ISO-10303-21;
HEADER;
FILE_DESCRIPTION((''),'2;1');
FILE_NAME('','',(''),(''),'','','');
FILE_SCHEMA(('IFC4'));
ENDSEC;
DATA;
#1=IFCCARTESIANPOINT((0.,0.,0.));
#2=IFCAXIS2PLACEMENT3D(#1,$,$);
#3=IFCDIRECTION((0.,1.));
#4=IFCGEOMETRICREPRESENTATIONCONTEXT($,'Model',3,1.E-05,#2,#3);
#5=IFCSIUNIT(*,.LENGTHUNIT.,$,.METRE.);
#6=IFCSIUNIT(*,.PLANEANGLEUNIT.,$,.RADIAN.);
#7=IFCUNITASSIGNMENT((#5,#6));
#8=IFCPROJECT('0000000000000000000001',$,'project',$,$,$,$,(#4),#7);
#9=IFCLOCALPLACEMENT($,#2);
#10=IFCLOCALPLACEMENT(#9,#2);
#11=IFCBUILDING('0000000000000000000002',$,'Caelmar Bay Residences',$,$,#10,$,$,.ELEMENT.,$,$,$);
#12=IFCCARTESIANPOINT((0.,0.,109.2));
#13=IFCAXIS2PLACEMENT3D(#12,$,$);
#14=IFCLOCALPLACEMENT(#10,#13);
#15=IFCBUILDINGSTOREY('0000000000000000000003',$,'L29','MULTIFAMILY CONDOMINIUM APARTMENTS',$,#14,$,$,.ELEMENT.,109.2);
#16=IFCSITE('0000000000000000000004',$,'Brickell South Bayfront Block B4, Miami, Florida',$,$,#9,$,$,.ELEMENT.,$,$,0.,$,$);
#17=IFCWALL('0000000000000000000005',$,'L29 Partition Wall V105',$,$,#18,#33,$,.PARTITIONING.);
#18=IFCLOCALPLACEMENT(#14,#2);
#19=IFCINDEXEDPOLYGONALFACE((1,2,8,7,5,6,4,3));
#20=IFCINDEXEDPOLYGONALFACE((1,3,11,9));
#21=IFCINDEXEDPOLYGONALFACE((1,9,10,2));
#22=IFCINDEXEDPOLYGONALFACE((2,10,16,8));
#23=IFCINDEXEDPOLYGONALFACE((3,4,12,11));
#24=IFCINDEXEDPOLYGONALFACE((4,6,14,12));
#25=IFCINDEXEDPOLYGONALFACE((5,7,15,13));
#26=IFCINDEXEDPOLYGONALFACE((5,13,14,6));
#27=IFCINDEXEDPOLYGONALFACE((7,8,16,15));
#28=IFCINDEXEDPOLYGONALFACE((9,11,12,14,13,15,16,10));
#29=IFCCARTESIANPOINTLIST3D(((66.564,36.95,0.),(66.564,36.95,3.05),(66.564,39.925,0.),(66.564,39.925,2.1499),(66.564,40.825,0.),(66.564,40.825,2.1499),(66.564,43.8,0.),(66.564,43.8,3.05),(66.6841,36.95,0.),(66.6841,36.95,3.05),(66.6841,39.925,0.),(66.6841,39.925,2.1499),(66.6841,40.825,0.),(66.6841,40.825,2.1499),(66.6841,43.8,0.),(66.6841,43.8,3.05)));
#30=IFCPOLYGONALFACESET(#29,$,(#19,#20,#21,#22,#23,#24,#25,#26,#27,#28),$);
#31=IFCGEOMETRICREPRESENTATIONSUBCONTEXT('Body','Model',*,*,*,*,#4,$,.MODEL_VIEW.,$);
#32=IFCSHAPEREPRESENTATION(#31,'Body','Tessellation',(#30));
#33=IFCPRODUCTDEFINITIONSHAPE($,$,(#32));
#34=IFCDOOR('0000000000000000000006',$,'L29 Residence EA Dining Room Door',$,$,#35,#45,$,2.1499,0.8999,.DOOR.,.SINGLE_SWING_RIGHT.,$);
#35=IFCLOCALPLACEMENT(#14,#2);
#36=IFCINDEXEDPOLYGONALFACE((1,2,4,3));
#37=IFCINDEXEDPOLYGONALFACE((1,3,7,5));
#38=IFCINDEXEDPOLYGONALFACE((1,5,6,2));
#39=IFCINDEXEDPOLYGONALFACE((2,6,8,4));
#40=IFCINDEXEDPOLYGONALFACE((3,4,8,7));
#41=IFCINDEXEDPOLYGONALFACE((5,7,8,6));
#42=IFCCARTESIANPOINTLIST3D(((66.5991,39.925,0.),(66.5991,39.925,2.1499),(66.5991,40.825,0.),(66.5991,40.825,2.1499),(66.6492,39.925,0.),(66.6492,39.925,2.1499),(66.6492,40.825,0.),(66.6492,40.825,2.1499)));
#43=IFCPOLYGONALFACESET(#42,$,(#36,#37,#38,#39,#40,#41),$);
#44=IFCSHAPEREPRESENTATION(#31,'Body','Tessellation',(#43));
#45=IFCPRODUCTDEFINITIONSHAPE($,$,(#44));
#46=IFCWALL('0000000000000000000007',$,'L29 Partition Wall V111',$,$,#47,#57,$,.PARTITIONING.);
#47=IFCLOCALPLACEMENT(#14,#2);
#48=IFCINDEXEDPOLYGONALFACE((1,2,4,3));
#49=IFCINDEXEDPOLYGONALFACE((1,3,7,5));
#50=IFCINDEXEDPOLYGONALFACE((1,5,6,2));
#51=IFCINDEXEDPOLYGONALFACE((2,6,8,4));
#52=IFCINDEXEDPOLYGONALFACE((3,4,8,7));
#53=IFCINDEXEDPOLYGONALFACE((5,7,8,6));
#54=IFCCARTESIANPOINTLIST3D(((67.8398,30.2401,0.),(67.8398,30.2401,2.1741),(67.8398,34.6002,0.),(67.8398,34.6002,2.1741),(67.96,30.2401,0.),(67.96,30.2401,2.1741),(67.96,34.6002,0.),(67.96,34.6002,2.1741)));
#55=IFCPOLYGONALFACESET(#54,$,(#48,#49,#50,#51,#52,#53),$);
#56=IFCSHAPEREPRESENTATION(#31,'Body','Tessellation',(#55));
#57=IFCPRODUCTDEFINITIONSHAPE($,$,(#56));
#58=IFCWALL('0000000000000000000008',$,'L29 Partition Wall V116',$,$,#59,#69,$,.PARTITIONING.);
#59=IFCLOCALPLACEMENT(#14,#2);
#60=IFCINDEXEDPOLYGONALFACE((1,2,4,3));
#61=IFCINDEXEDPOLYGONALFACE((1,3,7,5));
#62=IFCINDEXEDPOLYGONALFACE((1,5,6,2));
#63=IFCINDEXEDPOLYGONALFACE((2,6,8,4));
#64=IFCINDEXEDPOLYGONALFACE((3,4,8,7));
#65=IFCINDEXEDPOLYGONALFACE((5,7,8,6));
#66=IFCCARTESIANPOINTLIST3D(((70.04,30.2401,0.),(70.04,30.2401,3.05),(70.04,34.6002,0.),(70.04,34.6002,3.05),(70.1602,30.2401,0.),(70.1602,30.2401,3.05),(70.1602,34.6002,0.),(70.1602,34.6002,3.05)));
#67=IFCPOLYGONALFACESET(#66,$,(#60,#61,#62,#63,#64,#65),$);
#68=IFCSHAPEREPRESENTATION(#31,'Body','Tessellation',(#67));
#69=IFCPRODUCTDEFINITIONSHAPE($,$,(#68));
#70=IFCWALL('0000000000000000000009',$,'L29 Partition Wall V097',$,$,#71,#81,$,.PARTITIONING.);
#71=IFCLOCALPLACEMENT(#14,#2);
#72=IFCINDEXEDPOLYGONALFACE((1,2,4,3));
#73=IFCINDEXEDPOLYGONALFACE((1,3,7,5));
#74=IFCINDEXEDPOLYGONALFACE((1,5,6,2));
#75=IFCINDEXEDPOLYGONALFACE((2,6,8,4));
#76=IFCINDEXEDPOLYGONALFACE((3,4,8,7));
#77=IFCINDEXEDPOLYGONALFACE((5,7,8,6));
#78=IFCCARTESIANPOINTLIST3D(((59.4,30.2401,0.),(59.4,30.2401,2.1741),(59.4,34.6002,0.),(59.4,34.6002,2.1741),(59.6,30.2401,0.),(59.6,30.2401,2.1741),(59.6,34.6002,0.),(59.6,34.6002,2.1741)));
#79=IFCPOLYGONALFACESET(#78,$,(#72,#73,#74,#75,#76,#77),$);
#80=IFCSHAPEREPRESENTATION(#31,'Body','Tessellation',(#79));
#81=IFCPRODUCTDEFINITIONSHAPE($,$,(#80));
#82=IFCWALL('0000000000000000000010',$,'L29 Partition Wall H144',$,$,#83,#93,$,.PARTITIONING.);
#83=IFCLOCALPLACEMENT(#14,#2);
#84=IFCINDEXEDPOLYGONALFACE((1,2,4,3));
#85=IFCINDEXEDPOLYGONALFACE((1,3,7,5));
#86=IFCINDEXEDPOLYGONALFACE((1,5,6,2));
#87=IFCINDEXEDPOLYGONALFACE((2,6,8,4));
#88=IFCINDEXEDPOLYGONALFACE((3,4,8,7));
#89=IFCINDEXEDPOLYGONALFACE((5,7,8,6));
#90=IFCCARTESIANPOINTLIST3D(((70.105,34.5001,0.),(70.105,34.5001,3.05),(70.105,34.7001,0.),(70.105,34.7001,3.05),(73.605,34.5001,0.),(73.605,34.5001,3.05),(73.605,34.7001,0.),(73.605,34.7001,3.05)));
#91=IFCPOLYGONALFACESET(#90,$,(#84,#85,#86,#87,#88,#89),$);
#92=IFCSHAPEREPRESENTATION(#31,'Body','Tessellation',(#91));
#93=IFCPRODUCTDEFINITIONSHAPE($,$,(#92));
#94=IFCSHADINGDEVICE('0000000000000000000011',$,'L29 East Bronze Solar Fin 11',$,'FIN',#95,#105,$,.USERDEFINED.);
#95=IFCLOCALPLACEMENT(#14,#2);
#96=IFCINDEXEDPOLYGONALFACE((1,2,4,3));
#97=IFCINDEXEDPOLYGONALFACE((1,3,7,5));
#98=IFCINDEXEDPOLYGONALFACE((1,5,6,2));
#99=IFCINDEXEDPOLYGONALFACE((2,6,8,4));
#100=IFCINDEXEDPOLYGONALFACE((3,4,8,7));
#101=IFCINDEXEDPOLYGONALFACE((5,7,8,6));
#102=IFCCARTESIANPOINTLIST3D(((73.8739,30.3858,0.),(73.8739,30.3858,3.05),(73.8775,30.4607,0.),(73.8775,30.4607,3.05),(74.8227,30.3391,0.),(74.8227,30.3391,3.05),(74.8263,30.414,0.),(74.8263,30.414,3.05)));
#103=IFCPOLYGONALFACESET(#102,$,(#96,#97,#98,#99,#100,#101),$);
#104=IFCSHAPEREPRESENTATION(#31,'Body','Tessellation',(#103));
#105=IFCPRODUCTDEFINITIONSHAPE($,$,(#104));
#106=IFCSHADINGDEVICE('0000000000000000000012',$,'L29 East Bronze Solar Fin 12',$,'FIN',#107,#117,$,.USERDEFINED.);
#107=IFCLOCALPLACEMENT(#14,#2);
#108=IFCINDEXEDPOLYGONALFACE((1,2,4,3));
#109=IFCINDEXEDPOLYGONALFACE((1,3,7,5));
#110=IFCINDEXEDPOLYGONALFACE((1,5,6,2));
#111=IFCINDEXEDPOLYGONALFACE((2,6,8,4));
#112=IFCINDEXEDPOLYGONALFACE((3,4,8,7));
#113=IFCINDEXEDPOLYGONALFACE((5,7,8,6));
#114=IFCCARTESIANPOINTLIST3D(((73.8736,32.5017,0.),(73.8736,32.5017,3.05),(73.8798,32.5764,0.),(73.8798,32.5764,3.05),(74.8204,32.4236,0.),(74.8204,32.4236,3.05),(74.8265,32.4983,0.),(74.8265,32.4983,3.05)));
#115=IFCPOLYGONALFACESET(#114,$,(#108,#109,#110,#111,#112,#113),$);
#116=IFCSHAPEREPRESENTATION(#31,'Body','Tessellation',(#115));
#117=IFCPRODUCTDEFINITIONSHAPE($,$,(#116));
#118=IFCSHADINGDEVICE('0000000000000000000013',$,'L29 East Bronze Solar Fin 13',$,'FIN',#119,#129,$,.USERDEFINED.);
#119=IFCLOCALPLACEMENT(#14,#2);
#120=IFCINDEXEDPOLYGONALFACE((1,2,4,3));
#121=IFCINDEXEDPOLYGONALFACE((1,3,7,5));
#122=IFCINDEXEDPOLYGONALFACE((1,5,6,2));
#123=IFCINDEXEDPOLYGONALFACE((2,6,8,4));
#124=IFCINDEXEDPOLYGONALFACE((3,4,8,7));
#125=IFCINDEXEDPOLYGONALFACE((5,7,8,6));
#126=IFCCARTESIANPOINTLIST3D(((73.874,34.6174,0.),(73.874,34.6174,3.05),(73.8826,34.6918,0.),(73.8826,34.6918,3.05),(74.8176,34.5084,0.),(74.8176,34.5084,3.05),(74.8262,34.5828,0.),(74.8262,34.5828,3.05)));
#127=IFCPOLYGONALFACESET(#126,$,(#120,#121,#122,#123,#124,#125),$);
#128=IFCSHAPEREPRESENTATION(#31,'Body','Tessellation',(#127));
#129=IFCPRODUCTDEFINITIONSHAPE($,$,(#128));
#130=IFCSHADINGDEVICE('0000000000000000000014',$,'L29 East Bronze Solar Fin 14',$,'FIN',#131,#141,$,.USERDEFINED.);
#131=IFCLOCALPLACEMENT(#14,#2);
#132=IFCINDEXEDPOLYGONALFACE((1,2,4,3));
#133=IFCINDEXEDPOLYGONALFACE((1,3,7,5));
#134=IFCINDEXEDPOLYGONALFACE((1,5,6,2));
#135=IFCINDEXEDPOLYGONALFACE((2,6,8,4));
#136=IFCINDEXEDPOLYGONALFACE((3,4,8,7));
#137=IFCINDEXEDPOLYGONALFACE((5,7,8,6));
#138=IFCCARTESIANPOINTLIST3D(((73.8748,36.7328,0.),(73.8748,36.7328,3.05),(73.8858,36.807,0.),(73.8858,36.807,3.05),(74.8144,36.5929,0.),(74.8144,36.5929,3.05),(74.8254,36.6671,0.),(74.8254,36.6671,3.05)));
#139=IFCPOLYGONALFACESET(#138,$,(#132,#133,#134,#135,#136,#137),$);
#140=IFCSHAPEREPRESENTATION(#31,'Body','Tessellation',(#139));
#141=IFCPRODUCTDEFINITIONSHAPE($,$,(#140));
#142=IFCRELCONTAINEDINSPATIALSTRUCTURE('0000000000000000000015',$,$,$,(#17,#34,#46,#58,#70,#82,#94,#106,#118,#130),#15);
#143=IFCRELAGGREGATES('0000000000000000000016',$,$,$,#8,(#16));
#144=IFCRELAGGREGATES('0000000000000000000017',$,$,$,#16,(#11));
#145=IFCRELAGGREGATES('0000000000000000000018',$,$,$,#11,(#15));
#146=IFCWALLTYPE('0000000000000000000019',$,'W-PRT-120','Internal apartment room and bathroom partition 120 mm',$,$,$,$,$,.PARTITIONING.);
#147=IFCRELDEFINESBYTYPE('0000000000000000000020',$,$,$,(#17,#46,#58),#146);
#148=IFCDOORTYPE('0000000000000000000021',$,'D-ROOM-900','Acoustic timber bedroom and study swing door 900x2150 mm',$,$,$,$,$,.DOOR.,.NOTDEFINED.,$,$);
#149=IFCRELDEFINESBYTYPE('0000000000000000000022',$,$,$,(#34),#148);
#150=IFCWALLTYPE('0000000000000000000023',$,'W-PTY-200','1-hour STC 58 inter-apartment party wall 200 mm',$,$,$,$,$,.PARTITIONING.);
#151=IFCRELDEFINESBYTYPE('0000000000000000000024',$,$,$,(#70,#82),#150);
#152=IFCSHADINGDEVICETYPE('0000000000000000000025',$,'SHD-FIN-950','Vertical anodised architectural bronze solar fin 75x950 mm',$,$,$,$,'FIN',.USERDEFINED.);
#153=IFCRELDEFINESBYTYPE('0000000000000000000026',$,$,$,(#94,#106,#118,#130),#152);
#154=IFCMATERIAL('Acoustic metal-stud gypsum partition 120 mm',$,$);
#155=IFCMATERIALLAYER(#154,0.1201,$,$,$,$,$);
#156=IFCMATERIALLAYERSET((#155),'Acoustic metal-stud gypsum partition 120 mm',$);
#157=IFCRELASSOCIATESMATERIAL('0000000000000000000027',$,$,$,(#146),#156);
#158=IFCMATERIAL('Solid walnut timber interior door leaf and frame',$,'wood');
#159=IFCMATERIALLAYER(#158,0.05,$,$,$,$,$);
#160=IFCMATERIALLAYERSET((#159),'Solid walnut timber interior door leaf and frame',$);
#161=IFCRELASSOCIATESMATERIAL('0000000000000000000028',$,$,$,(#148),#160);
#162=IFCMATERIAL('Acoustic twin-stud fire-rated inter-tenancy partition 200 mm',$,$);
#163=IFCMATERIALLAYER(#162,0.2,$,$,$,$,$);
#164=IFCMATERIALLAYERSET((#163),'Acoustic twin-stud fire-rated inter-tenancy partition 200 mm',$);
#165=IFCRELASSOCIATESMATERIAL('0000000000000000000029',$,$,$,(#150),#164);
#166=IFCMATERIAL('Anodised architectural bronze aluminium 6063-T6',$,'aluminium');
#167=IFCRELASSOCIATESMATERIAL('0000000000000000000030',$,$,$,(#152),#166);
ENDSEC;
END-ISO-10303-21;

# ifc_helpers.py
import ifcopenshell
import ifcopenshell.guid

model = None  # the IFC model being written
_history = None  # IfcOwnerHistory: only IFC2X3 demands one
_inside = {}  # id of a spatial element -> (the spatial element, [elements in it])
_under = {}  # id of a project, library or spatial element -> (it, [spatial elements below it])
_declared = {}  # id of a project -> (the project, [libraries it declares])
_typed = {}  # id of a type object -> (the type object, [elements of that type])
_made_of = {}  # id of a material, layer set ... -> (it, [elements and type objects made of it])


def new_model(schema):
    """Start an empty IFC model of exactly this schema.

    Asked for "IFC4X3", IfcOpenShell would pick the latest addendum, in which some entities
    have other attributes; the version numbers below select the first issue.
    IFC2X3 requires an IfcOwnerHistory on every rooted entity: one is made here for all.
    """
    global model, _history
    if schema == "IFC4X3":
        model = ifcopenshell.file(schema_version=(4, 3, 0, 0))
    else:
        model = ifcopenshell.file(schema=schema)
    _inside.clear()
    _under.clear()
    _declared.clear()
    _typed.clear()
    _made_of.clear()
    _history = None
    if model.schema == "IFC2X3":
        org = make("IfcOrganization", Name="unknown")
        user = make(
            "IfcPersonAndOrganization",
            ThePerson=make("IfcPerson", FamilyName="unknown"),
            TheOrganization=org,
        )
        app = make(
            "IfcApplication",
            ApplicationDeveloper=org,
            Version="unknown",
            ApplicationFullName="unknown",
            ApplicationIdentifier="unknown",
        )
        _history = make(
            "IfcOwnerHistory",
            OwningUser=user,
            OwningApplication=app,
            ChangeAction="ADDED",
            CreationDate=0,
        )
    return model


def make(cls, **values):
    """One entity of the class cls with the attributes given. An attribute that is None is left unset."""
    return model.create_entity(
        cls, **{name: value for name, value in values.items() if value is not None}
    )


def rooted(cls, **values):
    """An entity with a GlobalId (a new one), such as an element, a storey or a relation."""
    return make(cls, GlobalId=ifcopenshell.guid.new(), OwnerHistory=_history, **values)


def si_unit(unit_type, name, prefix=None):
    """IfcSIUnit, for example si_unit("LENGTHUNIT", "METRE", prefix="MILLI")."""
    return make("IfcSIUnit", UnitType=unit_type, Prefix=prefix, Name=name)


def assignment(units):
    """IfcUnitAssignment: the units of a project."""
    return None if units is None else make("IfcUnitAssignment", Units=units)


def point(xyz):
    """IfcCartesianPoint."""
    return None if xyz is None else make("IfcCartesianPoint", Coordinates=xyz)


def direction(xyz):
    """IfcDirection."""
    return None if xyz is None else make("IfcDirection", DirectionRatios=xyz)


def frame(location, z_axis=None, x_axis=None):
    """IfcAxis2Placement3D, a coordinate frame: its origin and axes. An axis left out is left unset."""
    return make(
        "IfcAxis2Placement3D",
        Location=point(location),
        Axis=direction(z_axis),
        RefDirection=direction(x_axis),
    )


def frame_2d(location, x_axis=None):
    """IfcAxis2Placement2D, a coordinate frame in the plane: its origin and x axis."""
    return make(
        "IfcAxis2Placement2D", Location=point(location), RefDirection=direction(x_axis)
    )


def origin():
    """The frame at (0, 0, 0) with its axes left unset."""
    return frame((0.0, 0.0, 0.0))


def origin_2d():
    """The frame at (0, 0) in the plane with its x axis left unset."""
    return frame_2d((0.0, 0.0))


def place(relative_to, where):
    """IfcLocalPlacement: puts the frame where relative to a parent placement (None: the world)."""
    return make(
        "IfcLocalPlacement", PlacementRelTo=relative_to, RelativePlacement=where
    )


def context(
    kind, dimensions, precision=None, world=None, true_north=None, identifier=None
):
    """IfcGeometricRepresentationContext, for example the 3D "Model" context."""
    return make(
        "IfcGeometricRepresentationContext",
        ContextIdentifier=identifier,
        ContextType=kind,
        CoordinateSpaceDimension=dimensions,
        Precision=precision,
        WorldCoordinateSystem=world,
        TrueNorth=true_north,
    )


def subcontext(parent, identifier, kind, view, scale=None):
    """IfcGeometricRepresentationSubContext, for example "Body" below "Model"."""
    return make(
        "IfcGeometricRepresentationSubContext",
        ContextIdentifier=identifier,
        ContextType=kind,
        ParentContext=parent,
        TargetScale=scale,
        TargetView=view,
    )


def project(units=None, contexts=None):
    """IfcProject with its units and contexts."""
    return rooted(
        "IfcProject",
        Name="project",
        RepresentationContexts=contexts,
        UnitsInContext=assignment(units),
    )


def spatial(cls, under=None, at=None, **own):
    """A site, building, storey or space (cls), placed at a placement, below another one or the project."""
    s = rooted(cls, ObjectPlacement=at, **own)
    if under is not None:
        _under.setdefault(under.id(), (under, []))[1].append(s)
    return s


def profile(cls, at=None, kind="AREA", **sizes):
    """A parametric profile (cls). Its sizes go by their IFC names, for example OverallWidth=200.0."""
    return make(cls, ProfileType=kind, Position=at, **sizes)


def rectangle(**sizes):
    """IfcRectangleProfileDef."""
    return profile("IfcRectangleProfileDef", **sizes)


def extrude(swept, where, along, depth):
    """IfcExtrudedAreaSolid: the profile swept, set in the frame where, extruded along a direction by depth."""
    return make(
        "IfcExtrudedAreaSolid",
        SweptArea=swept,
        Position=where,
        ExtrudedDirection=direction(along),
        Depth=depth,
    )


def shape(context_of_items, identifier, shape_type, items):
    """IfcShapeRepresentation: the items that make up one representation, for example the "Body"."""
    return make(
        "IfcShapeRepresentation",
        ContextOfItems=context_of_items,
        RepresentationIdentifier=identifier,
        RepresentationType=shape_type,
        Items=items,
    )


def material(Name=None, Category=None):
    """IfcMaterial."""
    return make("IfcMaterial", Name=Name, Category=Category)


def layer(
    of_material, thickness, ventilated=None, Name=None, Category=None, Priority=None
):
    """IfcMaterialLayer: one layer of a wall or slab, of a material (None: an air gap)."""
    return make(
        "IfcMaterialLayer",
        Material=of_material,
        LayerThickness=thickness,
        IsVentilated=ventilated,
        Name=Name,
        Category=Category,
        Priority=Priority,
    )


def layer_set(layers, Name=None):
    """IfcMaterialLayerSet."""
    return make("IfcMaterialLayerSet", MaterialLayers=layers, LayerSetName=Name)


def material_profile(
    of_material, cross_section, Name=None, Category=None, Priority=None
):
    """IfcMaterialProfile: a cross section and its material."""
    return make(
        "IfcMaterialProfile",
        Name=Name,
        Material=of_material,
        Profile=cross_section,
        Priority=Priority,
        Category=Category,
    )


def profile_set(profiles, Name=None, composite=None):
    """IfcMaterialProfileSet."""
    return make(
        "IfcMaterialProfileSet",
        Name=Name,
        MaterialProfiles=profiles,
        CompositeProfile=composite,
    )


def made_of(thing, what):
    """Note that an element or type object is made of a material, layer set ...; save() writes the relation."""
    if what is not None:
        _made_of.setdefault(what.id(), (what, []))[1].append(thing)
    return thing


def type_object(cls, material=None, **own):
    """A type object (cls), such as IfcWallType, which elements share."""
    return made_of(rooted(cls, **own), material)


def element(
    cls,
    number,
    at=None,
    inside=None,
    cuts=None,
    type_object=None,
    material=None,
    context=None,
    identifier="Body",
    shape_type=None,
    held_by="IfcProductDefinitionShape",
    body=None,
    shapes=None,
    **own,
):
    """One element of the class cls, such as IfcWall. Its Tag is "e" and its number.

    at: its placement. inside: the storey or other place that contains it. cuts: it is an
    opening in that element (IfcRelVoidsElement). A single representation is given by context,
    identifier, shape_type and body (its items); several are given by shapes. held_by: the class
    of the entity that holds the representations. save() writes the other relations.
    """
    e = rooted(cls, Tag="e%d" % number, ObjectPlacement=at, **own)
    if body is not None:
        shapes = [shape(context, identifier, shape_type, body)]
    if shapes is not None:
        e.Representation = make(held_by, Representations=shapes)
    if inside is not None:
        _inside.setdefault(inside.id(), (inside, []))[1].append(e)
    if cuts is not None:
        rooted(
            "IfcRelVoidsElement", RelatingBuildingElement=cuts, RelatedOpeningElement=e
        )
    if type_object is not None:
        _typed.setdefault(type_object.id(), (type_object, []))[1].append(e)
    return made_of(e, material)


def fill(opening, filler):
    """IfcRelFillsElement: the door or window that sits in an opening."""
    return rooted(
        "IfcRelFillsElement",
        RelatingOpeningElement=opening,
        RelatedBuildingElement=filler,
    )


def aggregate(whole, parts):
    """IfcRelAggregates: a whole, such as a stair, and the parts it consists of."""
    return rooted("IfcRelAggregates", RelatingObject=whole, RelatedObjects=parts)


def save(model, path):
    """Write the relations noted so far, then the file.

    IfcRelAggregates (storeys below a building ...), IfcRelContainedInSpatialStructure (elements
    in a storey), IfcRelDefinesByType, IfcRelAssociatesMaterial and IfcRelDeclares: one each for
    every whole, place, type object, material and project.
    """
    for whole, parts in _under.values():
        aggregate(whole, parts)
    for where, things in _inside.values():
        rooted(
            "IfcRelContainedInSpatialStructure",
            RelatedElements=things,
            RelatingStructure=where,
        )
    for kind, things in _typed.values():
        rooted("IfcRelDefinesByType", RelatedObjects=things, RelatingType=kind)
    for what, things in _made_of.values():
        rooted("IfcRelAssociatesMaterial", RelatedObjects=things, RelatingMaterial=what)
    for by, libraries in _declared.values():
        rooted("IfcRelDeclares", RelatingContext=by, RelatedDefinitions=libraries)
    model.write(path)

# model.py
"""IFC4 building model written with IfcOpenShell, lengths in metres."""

from ifc_helpers import new_model, si_unit, direction, frame, frame_2d, origin, origin_2d, place, context, subcontext, project, spatial, rectangle, extrude, material, layer, layer_set, material_profile, profile_set, type_object, element, fill, save


model = new_model("IFC4")

# Units and contexts
model_context = context("Model", 3, precision=1e-05, world=origin(), true_north=direction((0.0, 1.0)))
body_context = subcontext(model_context, "Body", "Model", "MODEL_VIEW")
ifc_project = project(units=[si_unit("LENGTHUNIT", "METRE"), si_unit("PLANEANGLEUNIT", "RADIAN")], contexts=[model_context])

# Site, building, storey
site_placement = place(None, origin())
site = spatial("IfcSite", under=ifc_project, at=site_placement, Name="Brickell South Bayfront Block B4, Miami, Florida", CompositionType="ELEMENT", RefElevation=0.0)
building_placement = place(site_placement, origin())
building = spatial("IfcBuilding", under=site, at=building_placement, Name="Caelmar Bay Residences", CompositionType="ELEMENT")
storey_placement = place(building_placement, frame((0.0, 0.0, 109.2)))
storey = spatial("IfcBuildingStorey", under=building, at=storey_placement, Name="L29", Description="MULTIFAMILY CONDOMINIUM APARTMENTS", CompositionType="ELEMENT", Elevation=109.2)

# Wall, opening, door
ifc_material_1 = material(Name="Acoustic metal-stud gypsum partition 120 mm")
ifc_layer_1 = layer(ifc_material_1, 0.1201)
ifc_layer_set_1 = layer_set([ifc_layer_1], Name="Acoustic metal-stud gypsum partition 120 mm")
wall_type_1 = type_object("IfcWallType", Name="W-PRT-120", Description="Internal apartment room and bathroom partition 120 mm", PredefinedType="PARTITIONING", material=ifc_layer_set_1)
ifc_material_2 = material(Name="Solid walnut timber interior door leaf and frame", Category="wood")
wall_1_placement = place(storey_placement, frame((66.624, 36.95, 0.0), z_axis=(0.0, 0.0, 1.0), x_axis=(0.0, 1.0, 0.0)))
wall_1 = element("IfcWall", 1, at=wall_1_placement, inside=storey, type_object=wall_type_1, Name="L29 Partition Wall V105", PredefinedType="PARTITIONING", context=body_context, shape_type="SweptSolid", body=[
    extrude(rectangle(XDim=6.8501, YDim=0.1201, at=frame_2d((3.425, 0.0))), origin(), (0.0, 0.0, 1.0), 3.05),
])
opening_1_placement = place(wall_1_placement, frame((2.9751, 0.0, 0.0)))
opening_1 = element("IfcOpeningElement", 2, at=opening_1_placement, cuts=wall_1, PredefinedType="OPENING", context=body_context, shape_type="SweptSolid", body=[
    extrude(rectangle(XDim=0.8999, YDim=2.1499, at=frame_2d((0.45, 1.075))), frame((0.0, 0.0701, 0.0), z_axis=(0.0, -1.0, 0.0), x_axis=(1.0, 0.0, 0.0)), (0.0, 0.0, 1.0), 0.1401),
])
ifc_layer_2 = layer(ifc_material_2, 0.05)
ifc_layer_set_2 = layer_set([ifc_layer_2], Name="Solid walnut timber interior door leaf and frame")
door_type_1 = type_object("IfcDoorType", Name="D-ROOM-900", Description="Acoustic timber bedroom and study swing door 900x2150 mm", OperationType="NOTDEFINED", PredefinedType="DOOR", material=ifc_layer_set_2)
door_1_placement = place(opening_1_placement, origin())
door_1 = element("IfcDoor", 3, at=door_1_placement, inside=storey, type_object=door_type_1, Name="L29 Residence EA Dining Room Door", OperationType="SINGLE_SWING_RIGHT", OverallHeight=2.1499, OverallWidth=0.8999, PredefinedType="DOOR", context=body_context, shape_type="SweptSolid", body=[
    extrude(rectangle(XDim=0.8999, YDim=2.1499, at=frame_2d((0.45, 1.075))), frame((0.0, 0.0249, 0.0), z_axis=(0.0, -1.0, 0.0), x_axis=(1.0, 0.0, 0.0)), (0.0, 0.0, 1.0), 0.05),
])
fill(opening_1, door_1)

# Walls
wall_2_placement = place(storey_placement, frame((67.8999, 30.24, 0.0), z_axis=(0.0, 0.0, 1.0), x_axis=(0.0, 1.0, 0.0)))
element("IfcWall", 4, at=wall_2_placement, inside=storey, type_object=wall_type_1, Name="L29 Partition Wall V111", PredefinedType="PARTITIONING", context=body_context, shape_type="SweptSolid", body=[
    extrude(rectangle(XDim=4.3601, YDim=0.1201, at=frame_2d((2.1802, 0.0))), origin(), (0.0, 0.0, 1.0), 2.1741),
])
wall_3_placement = place(storey_placement, frame((70.1001, 30.24, 0.0), z_axis=(0.0, 0.0, 1.0), x_axis=(0.0, 1.0, 0.0)))
element("IfcWall", 5, at=wall_3_placement, inside=storey, type_object=wall_type_1, Name="L29 Partition Wall V116", PredefinedType="PARTITIONING", context=body_context, shape_type="SweptSolid", body=[
    extrude(rectangle(XDim=4.3601, YDim=0.1201, at=frame_2d((2.1802, 0.0))), origin(), (0.0, 0.0, 1.0), 3.05),
])
ifc_material_3 = material(Name="Acoustic twin-stud fire-rated inter-tenancy partition 200 mm")
ifc_layer_3 = layer(ifc_material_3, 0.2)
ifc_layer_set_3 = layer_set([ifc_layer_3], Name="Acoustic twin-stud fire-rated inter-tenancy partition 200 mm")
wall_type_2 = type_object("IfcWallType", Name="W-PTY-200", Description="1-hour STC 58 inter-apartment party wall 200 mm", PredefinedType="PARTITIONING", material=ifc_layer_set_3)
wall_4_placement = place(storey_placement, frame((59.5, 30.24, 0.0), z_axis=(0.0, 0.0, 1.0), x_axis=(0.0, 1.0, 0.0)))
element("IfcWall", 6, at=wall_4_placement, inside=storey, type_object=wall_type_2, Name="L29 Partition Wall V097", PredefinedType="PARTITIONING", context=body_context, shape_type="SweptSolid", body=[
    extrude(rectangle(XDim=4.3601, YDim=0.2, at=frame_2d((2.1802, 0.0))), origin(), (0.0, 0.0, 1.0), 2.1741),
])
wall_5_placement = place(storey_placement, frame((70.105, 34.6001, 0.0), z_axis=(0.0, 0.0, 1.0), x_axis=(1.0, 0.0, 0.0)))
element("IfcWall", 7, at=wall_5_placement, inside=storey, type_object=wall_type_2, Name="L29 Partition Wall H144", PredefinedType="PARTITIONING", context=body_context, shape_type="SweptSolid", body=[
    extrude(rectangle(XDim=3.5, YDim=0.2, at=frame_2d((1.75, 0.0))), origin(), (0.0, 0.0, 1.0), 3.05),
])

# Shading devices
ifc_material_4 = material(Name="Anodised architectural bronze aluminium 6063-T6", Category="aluminium")
ifc_material_profile = material_profile(ifc_material_4, rectangle(XDim=0.075, YDim=0.95, at=origin_2d()), Name="BRONZE-FIN-75X950")
ifc_profile_set = profile_set([ifc_material_profile], Name="Anodised architectural bronze aluminium 6063-T6")
shading_device_type = type_object("IfcShadingDeviceType", Name="SHD-FIN-950", Description="Vertical anodised architectural bronze solar fin 75x950 mm", ElementType="FIN", PredefinedType="USERDEFINED", material=ifc_profile_set)
for number, where, z_axis, x_axis, name in (
    (8, (74.3501, 30.3999, 0.0), (0.0, 0.0, 1.0), (0.049198, 0.998789, 0.0), "L29 East Bronze Solar Fin 11"),
    (9, (74.3501, 32.5, 0.0), (0.0, 0.0, 1.0), (0.082112, 0.996623, 0.0), "L29 East Bronze Solar Fin 12"),
    (10, (74.3501, 34.6001, 0.0), (0.0, 0.0, 1.0), (0.114764, 0.993393, 0.0), "L29 East Bronze Solar Fin 13"),
    (11, (74.3501, 36.7, 0.0), (0.0, 0.0, 1.0), (0.147292, 0.989093, 0.0), "L29 East Bronze Solar Fin 14"),
):
    element("IfcShadingDevice", number, at=place(storey_placement, frame(where, z_axis=z_axis, x_axis=x_axis)), inside=storey, type_object=shading_device_type, Name=name, ObjectType="FIN", PredefinedType="USERDEFINED", context=body_context, shape_type="SweptSolid", body=[
        extrude(rectangle(XDim=0.075, YDim=0.95, at=origin_2d()), origin(), (0.0, 0.0, 1.0), 3.05),
    ])

save(model, "model.ifc")
